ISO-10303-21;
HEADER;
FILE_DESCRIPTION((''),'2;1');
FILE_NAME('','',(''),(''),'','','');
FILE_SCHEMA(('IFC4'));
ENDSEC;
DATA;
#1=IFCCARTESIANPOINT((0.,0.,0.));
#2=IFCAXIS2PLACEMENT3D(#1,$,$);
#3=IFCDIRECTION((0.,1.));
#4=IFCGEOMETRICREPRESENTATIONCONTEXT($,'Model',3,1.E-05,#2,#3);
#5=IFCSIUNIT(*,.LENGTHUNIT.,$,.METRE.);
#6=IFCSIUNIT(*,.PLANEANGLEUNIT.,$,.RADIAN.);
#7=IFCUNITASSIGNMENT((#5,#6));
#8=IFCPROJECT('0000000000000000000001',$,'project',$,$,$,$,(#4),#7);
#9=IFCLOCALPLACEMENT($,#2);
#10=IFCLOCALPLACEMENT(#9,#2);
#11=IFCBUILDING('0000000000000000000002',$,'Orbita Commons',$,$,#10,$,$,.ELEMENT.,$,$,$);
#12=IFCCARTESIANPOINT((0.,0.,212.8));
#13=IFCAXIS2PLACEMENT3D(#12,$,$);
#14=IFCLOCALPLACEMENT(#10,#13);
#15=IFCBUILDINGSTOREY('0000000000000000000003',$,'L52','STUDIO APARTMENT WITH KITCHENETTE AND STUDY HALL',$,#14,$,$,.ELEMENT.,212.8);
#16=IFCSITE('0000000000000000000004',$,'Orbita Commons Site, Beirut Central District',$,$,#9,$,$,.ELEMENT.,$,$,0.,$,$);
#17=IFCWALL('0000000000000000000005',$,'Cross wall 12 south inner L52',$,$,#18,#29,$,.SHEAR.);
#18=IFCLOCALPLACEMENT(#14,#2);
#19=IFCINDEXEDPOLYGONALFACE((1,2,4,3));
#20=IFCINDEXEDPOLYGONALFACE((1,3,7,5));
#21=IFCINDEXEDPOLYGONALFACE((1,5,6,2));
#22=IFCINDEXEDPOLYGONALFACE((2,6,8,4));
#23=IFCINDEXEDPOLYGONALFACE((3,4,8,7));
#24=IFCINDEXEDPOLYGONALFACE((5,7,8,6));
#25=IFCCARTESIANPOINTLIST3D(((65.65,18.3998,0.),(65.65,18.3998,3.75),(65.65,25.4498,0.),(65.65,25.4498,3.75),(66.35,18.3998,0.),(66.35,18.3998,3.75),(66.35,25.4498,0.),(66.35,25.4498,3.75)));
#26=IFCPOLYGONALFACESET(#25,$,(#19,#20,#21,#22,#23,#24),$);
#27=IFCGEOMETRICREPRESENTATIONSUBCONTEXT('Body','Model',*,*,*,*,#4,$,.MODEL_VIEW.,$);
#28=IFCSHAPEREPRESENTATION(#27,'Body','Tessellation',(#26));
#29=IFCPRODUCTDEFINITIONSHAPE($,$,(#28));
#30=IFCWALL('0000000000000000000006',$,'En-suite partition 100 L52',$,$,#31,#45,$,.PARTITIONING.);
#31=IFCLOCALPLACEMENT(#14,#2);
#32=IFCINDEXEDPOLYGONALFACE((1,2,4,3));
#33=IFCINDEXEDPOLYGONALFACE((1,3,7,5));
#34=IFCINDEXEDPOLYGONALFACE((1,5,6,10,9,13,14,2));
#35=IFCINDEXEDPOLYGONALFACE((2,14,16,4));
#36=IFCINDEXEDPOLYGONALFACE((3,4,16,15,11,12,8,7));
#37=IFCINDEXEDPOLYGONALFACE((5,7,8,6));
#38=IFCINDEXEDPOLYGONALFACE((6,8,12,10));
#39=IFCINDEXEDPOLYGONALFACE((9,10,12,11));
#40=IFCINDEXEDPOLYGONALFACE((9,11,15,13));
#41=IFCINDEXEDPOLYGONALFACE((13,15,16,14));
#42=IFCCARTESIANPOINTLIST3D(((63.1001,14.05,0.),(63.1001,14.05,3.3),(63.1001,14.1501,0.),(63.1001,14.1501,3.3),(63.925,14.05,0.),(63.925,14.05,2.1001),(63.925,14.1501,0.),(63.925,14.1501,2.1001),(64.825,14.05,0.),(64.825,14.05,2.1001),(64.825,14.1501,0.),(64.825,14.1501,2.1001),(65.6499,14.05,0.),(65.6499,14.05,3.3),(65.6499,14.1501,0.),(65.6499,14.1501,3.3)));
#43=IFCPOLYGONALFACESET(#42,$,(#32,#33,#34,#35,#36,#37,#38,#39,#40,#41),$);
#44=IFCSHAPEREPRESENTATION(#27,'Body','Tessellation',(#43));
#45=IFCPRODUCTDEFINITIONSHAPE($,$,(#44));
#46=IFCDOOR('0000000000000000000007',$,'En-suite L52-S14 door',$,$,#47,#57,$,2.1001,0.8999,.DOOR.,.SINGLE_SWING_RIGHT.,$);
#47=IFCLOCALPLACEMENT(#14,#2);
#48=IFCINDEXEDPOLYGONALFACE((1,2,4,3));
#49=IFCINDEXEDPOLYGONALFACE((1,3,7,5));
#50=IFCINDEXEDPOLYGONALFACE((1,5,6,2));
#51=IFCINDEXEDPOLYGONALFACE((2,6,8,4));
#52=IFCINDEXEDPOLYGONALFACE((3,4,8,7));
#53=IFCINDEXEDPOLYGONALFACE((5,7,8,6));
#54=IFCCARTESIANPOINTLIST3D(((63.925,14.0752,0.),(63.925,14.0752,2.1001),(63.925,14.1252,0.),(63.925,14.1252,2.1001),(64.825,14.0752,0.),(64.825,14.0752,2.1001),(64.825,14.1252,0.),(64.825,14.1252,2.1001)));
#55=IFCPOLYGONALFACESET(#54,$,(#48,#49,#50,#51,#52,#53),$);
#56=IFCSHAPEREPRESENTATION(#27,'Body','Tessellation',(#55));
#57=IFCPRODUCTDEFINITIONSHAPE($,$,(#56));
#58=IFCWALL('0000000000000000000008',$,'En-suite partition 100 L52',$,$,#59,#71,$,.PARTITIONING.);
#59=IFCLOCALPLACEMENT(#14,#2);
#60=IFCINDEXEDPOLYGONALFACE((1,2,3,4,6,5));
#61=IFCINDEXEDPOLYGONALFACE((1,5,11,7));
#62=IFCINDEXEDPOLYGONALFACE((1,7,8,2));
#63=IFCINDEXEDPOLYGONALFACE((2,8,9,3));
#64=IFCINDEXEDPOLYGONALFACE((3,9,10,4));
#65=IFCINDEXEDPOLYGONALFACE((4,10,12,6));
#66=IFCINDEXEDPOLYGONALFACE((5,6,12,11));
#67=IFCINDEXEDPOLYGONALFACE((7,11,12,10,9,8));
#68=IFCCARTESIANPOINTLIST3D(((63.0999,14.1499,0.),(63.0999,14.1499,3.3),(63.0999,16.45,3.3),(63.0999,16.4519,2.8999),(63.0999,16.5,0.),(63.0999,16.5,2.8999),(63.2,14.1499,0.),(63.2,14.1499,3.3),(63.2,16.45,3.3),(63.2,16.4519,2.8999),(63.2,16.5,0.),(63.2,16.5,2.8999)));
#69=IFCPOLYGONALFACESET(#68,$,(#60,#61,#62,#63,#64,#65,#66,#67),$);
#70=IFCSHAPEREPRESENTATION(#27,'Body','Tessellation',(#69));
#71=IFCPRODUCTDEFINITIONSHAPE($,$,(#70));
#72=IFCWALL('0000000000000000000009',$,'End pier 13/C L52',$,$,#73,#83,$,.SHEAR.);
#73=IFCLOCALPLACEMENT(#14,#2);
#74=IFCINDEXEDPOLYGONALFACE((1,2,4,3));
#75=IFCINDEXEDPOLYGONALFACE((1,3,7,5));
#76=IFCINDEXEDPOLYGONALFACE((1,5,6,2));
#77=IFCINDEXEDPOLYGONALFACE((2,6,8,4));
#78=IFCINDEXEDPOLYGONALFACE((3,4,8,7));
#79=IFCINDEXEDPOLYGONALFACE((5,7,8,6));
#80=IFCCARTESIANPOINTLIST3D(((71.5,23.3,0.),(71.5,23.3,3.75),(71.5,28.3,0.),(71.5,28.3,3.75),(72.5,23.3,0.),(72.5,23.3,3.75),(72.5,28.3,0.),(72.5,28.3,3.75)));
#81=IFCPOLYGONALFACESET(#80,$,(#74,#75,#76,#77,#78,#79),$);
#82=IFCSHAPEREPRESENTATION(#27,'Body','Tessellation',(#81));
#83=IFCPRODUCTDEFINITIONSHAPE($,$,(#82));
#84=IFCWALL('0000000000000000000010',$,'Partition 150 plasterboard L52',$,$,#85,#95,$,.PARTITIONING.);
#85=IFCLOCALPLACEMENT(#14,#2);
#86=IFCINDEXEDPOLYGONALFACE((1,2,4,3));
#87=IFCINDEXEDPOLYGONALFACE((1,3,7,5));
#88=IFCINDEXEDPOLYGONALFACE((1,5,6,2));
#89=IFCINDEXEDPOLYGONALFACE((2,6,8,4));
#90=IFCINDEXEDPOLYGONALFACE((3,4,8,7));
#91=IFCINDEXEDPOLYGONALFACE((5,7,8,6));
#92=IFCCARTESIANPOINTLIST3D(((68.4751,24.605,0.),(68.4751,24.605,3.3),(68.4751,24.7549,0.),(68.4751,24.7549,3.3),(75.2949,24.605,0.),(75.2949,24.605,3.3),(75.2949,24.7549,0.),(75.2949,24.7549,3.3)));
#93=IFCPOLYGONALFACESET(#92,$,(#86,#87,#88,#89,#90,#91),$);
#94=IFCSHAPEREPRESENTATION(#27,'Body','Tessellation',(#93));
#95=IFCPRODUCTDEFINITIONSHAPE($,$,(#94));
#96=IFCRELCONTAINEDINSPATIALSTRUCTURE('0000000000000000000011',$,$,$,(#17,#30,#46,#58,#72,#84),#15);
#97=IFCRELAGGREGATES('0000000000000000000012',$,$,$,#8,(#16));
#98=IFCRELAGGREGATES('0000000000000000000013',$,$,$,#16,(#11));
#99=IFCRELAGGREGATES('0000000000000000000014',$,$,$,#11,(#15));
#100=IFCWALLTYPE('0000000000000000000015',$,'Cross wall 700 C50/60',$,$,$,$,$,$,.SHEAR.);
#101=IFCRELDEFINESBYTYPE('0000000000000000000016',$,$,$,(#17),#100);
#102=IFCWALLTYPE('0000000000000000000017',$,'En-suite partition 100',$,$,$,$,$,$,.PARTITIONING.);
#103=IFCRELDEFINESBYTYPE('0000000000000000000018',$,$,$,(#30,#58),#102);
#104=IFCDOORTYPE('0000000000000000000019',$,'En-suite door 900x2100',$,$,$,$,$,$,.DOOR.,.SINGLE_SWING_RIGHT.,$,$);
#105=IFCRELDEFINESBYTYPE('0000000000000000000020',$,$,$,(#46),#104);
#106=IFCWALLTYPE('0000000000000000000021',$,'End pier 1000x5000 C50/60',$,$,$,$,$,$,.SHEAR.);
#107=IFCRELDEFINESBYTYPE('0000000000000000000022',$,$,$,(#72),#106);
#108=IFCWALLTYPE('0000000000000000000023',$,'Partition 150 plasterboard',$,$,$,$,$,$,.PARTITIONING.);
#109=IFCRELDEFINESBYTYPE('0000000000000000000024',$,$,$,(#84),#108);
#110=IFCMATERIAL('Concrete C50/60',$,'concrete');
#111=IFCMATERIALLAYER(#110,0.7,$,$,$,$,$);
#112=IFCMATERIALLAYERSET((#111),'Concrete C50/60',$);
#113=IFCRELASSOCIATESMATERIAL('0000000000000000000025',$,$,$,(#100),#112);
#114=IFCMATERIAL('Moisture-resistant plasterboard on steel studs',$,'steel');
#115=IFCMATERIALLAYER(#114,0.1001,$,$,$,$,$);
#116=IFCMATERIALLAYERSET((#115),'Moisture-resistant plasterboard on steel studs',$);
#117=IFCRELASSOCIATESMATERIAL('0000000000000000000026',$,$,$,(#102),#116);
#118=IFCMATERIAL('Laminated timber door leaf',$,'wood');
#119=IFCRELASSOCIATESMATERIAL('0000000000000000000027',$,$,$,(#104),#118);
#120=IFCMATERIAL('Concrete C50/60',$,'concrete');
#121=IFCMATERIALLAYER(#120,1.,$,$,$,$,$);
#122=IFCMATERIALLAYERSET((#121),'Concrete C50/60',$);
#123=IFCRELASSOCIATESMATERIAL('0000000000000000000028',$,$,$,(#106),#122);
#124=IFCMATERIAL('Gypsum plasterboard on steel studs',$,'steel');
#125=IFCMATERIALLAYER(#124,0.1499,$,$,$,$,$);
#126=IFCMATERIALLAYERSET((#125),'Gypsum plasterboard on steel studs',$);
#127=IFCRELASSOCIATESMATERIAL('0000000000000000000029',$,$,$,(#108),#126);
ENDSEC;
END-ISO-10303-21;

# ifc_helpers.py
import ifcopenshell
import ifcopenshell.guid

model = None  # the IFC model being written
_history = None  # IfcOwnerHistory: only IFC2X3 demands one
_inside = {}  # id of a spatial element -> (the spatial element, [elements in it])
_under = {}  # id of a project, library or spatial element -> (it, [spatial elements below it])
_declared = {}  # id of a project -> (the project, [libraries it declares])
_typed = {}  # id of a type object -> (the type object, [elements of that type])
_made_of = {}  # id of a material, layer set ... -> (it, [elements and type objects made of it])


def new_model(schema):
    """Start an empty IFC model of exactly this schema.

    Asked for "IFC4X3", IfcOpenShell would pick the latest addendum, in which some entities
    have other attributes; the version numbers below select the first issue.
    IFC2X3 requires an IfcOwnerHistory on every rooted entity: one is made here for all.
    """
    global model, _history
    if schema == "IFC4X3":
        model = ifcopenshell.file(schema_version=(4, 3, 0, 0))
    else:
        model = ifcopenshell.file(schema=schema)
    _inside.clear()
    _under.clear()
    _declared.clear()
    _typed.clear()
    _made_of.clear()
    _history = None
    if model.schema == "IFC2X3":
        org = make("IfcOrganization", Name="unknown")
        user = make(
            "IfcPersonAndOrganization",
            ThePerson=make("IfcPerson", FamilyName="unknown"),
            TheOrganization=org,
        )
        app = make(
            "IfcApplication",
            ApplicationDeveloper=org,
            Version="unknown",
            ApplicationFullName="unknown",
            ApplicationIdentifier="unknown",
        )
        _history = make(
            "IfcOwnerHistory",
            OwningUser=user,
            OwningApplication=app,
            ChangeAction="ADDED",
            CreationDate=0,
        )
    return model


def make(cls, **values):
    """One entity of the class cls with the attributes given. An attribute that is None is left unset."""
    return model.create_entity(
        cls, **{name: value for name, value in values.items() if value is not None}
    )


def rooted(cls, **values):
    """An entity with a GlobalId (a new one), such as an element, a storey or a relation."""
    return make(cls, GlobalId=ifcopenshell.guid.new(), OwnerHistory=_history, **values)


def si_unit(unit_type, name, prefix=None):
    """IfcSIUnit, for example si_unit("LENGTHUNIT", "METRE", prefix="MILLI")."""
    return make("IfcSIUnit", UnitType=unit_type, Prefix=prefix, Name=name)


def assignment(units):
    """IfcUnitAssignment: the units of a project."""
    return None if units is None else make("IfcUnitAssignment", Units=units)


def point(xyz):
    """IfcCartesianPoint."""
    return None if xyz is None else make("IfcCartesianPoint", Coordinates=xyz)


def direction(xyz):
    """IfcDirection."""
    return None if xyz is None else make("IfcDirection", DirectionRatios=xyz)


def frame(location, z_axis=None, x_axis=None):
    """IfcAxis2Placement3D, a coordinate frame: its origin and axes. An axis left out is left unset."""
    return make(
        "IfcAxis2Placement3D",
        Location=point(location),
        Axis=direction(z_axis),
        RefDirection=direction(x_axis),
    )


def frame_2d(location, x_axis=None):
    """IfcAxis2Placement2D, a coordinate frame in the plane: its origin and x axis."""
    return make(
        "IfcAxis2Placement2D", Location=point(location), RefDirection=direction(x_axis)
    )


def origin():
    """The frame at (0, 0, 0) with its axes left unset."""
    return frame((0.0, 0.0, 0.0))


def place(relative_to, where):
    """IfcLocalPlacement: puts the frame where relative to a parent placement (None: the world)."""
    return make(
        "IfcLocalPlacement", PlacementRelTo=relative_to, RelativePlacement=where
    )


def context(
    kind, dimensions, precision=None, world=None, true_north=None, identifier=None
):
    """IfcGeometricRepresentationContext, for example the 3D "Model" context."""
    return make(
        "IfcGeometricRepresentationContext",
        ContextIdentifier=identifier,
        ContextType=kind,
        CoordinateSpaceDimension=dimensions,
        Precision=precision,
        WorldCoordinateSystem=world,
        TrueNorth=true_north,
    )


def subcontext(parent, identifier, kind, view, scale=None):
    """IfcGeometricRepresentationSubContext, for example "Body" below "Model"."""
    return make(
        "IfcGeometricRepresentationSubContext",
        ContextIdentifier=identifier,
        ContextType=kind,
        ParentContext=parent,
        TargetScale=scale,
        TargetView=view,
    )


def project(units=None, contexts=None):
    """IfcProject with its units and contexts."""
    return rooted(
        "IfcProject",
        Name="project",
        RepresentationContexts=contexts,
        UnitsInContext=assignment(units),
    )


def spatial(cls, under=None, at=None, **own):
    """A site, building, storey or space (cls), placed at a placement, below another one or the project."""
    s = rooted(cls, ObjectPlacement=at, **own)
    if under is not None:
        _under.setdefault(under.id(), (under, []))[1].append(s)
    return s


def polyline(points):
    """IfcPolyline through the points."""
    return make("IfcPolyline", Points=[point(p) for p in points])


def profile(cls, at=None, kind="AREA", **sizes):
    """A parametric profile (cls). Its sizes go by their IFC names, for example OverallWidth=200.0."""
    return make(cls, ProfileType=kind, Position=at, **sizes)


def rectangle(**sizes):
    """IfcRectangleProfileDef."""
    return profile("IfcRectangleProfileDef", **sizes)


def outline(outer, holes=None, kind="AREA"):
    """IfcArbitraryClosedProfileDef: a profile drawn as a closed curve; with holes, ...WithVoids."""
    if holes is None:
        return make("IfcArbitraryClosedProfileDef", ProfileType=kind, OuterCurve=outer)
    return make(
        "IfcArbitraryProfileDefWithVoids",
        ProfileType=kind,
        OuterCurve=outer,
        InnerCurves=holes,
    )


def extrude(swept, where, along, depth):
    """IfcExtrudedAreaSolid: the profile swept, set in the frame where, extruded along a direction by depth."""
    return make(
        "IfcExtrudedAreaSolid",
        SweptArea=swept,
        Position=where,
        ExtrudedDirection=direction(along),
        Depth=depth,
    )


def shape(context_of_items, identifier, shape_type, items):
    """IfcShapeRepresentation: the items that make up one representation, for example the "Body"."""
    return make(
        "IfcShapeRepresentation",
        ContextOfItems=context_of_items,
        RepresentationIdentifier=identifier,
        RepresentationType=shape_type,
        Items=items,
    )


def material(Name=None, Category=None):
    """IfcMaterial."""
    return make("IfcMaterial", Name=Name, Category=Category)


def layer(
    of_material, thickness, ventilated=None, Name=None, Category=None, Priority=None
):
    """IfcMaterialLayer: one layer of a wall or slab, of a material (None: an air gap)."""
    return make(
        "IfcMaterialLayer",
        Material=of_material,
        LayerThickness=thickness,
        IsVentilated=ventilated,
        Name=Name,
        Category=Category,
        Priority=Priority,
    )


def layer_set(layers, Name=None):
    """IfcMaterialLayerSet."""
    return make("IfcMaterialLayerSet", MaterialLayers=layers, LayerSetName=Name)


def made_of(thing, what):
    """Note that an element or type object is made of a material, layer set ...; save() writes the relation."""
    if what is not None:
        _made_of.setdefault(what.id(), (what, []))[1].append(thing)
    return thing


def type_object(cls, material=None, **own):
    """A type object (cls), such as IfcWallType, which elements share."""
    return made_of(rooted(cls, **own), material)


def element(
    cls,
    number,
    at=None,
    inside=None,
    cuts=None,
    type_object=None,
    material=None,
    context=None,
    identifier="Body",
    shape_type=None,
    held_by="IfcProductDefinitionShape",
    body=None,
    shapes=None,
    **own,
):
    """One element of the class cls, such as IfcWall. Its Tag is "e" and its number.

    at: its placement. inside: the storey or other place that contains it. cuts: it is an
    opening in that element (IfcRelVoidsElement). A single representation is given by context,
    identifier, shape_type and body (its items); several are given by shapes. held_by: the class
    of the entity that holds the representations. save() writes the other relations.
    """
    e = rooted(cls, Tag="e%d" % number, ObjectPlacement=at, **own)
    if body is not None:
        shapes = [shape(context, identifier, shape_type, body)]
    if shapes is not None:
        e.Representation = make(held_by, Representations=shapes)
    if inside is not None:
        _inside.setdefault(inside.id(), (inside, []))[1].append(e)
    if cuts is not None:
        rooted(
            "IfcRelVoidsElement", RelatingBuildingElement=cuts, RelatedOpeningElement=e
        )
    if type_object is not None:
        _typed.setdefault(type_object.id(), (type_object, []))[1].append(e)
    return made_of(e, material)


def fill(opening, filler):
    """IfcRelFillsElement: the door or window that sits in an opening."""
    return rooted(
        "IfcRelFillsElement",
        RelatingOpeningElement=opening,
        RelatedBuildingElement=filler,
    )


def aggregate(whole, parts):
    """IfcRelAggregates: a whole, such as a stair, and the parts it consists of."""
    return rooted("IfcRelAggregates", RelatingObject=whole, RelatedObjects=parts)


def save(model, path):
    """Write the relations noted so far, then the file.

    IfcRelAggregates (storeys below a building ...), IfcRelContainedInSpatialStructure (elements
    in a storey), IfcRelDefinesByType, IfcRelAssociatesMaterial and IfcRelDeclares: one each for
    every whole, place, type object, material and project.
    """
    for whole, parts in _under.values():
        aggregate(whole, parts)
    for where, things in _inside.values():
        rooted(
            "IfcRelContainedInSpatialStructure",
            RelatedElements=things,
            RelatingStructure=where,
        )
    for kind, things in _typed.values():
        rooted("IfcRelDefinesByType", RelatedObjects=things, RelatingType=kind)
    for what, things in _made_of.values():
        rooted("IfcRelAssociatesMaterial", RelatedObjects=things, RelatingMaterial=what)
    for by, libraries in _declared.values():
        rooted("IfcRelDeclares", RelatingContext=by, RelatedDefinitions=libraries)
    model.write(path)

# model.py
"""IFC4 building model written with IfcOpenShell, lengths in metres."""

from ifc_helpers import new_model, si_unit, direction, frame, frame_2d, origin, place, context, subcontext, project, spatial, polyline, rectangle, outline, extrude, material, layer, layer_set, type_object, element, fill, save


model = new_model("IFC4")

# Units and contexts
model_context = context("Model", 3, precision=1e-05, world=origin(), true_north=direction((0.0, 1.0)))
body_context = subcontext(model_context, "Body", "Model", "MODEL_VIEW")
ifc_project = project(units=[si_unit("LENGTHUNIT", "METRE"), si_unit("PLANEANGLEUNIT", "RADIAN")], contexts=[model_context])

# Site, building, storey
site_placement = place(None, origin())
site = spatial("IfcSite", under=ifc_project, at=site_placement, Name="Orbita Commons Site, Beirut Central District", CompositionType="ELEMENT", RefElevation=0.0)
building_placement = place(site_placement, origin())
building = spatial("IfcBuilding", under=site, at=building_placement, Name="Orbita Commons", CompositionType="ELEMENT")
storey_placement = place(building_placement, frame((0.0, 0.0, 212.8)))
storey = spatial("IfcBuildingStorey", under=building, at=storey_placement, Name="L52", Description="STUDIO APARTMENT WITH KITCHENETTE AND STUDY HALL", CompositionType="ELEMENT", Elevation=212.8)

# Wall
ifc_material_1 = material(Name="Concrete C50/60", Category="concrete")
ifc_layer_1 = layer(ifc_material_1, 0.7)
ifc_layer_set_1 = layer_set([ifc_layer_1], Name="Concrete C50/60")
wall_type_1 = type_object("IfcWallType", Name="Cross wall 700 C50/60", PredefinedType="SHEAR", material=ifc_layer_set_1)
wall_1_placement = place(storey_placement, frame((66.0, 18.3999, 0.0), z_axis=(0.0, 0.0, 1.0), x_axis=(0.0, 1.0, 0.0)))
element("IfcWall", 1, at=wall_1_placement, inside=storey, type_object=wall_type_1, Name="Cross wall 12 south inner L52", PredefinedType="SHEAR", context=body_context, shape_type="SweptSolid", body=[
    extrude(rectangle(XDim=7.05, YDim=0.7, at=frame_2d((3.5249, 0.0))), origin(), (0.0, 0.0, 1.0), 3.75),
])

# Wall, opening, door
ifc_material_2 = material(Name="Moisture-resistant plasterboard on steel studs", Category="steel")
ifc_layer_2 = layer(ifc_material_2, 0.1001)
ifc_layer_set_2 = layer_set([ifc_layer_2], Name="Moisture-resistant plasterboard on steel studs")
wall_type_2 = type_object("IfcWallType", Name="En-suite partition 100", PredefinedType="PARTITIONING", material=ifc_layer_set_2)
wall_2_placement = place(storey_placement, frame((65.6499, 14.1001, 0.0), z_axis=(0.0, 0.0, 1.0), x_axis=(-1.0, 0.0, 0.0)))
wall_2 = element("IfcWall", 2, at=wall_2_placement, inside=storey, type_object=wall_type_2, Name="En-suite partition 100 L52", PredefinedType="PARTITIONING", context=body_context, shape_type="SweptSolid", body=[
    extrude(rectangle(XDim=2.5498, YDim=0.1001, at=frame_2d((1.2749, 0.0))), origin(), (0.0, 0.0, 1.0), 3.3),
])
opening_1_placement = place(wall_2_placement, frame((0.825, 0.0, 0.0)))
opening_1 = element("IfcOpeningElement", 3, at=opening_1_placement, cuts=wall_2, PredefinedType="OPENING", context=body_context, shape_type="SweptSolid", body=[
    extrude(rectangle(XDim=0.8999, YDim=2.1001, at=frame_2d((0.45, 1.05))), frame((0.0, 0.0601, 0.0), z_axis=(0.0, -1.0, 0.0), x_axis=(1.0, 0.0, 0.0)), (0.0, 0.0, 1.0), 0.1201),
])
ifc_material_3 = material(Name="Laminated timber door leaf", Category="wood")
door_type_1 = type_object("IfcDoorType", Name="En-suite door 900x2100", OperationType="SINGLE_SWING_RIGHT", PredefinedType="DOOR", material=ifc_material_3)
door_1_placement = place(opening_1_placement, origin())
door_1 = element("IfcDoor", 4, at=door_1_placement, inside=storey, type_object=door_type_1, Name="En-suite L52-S14 door", OperationType="SINGLE_SWING_RIGHT", OverallHeight=2.1001, OverallWidth=0.8999, PredefinedType="DOOR", context=body_context, shape_type="SweptSolid", body=[
    extrude(rectangle(XDim=0.8999, YDim=2.1001, at=frame_2d((0.45, 1.05))), frame((0.0, 0.0249, 0.0), z_axis=(0.0, -1.0, 0.0), x_axis=(1.0, 0.0, 0.0)), (0.0, 0.0, 1.0), 0.05),
])
fill(opening_1, door_1)

# Walls
wall_3_placement = place(storey_placement, frame((63.1499, 14.1499, 0.0), z_axis=(0.0, 0.0, 1.0), x_axis=(0.0, 1.0, 0.0)))
element("IfcWall", 5, at=wall_3_placement, inside=storey, type_object=wall_type_2, Name="En-suite partition 100 L52", PredefinedType="PARTITIONING", context=body_context, shape_type="SweptSolid", body=[
    extrude(outline(polyline([(0.0, 0.0), (2.3501, 0.0), (2.3501, 2.8999), (2.302, 2.8999), (2.3, 3.3), (0.0, 3.3), (0.0, 0.0)])), frame((0.0, 0.05, 0.0), z_axis=(0.0, -1.0, 0.0), x_axis=(1.0, 0.0, 0.0)), (0.0, 0.0, 1.0), 0.1001),
])
ifc_material_4 = material(Name="Concrete C50/60", Category="concrete")
ifc_layer_3 = layer(ifc_material_4, 1.0)
ifc_layer_set_3 = layer_set([ifc_layer_3], Name="Concrete C50/60")
wall_type_3 = type_object("IfcWallType", Name="End pier 1000x5000 C50/60", PredefinedType="SHEAR", material=ifc_layer_set_3)
wall_4_placement = place(storey_placement, frame((72.0, 23.3, 0.0), z_axis=(0.0, 0.0, 1.0), x_axis=(0.0, 1.0, 0.0)))
element("IfcWall", 6, at=wall_4_placement, inside=storey, type_object=wall_type_3, Name="End pier 13/C L52", PredefinedType="SHEAR", context=body_context, shape_type="SweptSolid", body=[
    extrude(rectangle(XDim=5.0, YDim=1.0, at=frame_2d((2.5, 0.0))), origin(), (0.0, 0.0, 1.0), 3.75),
])
ifc_material_5 = material(Name="Gypsum plasterboard on steel studs", Category="steel")
ifc_layer_4 = layer(ifc_material_5, 0.1499)
ifc_layer_set_4 = layer_set([ifc_layer_4], Name="Gypsum plasterboard on steel studs")
wall_type_4 = type_object("IfcWallType", Name="Partition 150 plasterboard", PredefinedType="PARTITIONING", material=ifc_layer_set_4)
wall_5_placement = place(storey_placement, frame((68.4751, 24.6799, 0.0), z_axis=(0.0, 0.0, 1.0), x_axis=(1.0, 0.0, 0.0)))
element("IfcWall", 7, at=wall_5_placement, inside=storey, type_object=wall_type_4, Name="Partition 150 plasterboard L52", PredefinedType="PARTITIONING", context=body_context, shape_type="SweptSolid", body=[
    extrude(rectangle(XDim=6.8198, YDim=0.1499, at=frame_2d((3.4099, 0.0))), origin(), (0.0, 0.0, 1.0), 3.3),
])

save(model, "model.ifc")
